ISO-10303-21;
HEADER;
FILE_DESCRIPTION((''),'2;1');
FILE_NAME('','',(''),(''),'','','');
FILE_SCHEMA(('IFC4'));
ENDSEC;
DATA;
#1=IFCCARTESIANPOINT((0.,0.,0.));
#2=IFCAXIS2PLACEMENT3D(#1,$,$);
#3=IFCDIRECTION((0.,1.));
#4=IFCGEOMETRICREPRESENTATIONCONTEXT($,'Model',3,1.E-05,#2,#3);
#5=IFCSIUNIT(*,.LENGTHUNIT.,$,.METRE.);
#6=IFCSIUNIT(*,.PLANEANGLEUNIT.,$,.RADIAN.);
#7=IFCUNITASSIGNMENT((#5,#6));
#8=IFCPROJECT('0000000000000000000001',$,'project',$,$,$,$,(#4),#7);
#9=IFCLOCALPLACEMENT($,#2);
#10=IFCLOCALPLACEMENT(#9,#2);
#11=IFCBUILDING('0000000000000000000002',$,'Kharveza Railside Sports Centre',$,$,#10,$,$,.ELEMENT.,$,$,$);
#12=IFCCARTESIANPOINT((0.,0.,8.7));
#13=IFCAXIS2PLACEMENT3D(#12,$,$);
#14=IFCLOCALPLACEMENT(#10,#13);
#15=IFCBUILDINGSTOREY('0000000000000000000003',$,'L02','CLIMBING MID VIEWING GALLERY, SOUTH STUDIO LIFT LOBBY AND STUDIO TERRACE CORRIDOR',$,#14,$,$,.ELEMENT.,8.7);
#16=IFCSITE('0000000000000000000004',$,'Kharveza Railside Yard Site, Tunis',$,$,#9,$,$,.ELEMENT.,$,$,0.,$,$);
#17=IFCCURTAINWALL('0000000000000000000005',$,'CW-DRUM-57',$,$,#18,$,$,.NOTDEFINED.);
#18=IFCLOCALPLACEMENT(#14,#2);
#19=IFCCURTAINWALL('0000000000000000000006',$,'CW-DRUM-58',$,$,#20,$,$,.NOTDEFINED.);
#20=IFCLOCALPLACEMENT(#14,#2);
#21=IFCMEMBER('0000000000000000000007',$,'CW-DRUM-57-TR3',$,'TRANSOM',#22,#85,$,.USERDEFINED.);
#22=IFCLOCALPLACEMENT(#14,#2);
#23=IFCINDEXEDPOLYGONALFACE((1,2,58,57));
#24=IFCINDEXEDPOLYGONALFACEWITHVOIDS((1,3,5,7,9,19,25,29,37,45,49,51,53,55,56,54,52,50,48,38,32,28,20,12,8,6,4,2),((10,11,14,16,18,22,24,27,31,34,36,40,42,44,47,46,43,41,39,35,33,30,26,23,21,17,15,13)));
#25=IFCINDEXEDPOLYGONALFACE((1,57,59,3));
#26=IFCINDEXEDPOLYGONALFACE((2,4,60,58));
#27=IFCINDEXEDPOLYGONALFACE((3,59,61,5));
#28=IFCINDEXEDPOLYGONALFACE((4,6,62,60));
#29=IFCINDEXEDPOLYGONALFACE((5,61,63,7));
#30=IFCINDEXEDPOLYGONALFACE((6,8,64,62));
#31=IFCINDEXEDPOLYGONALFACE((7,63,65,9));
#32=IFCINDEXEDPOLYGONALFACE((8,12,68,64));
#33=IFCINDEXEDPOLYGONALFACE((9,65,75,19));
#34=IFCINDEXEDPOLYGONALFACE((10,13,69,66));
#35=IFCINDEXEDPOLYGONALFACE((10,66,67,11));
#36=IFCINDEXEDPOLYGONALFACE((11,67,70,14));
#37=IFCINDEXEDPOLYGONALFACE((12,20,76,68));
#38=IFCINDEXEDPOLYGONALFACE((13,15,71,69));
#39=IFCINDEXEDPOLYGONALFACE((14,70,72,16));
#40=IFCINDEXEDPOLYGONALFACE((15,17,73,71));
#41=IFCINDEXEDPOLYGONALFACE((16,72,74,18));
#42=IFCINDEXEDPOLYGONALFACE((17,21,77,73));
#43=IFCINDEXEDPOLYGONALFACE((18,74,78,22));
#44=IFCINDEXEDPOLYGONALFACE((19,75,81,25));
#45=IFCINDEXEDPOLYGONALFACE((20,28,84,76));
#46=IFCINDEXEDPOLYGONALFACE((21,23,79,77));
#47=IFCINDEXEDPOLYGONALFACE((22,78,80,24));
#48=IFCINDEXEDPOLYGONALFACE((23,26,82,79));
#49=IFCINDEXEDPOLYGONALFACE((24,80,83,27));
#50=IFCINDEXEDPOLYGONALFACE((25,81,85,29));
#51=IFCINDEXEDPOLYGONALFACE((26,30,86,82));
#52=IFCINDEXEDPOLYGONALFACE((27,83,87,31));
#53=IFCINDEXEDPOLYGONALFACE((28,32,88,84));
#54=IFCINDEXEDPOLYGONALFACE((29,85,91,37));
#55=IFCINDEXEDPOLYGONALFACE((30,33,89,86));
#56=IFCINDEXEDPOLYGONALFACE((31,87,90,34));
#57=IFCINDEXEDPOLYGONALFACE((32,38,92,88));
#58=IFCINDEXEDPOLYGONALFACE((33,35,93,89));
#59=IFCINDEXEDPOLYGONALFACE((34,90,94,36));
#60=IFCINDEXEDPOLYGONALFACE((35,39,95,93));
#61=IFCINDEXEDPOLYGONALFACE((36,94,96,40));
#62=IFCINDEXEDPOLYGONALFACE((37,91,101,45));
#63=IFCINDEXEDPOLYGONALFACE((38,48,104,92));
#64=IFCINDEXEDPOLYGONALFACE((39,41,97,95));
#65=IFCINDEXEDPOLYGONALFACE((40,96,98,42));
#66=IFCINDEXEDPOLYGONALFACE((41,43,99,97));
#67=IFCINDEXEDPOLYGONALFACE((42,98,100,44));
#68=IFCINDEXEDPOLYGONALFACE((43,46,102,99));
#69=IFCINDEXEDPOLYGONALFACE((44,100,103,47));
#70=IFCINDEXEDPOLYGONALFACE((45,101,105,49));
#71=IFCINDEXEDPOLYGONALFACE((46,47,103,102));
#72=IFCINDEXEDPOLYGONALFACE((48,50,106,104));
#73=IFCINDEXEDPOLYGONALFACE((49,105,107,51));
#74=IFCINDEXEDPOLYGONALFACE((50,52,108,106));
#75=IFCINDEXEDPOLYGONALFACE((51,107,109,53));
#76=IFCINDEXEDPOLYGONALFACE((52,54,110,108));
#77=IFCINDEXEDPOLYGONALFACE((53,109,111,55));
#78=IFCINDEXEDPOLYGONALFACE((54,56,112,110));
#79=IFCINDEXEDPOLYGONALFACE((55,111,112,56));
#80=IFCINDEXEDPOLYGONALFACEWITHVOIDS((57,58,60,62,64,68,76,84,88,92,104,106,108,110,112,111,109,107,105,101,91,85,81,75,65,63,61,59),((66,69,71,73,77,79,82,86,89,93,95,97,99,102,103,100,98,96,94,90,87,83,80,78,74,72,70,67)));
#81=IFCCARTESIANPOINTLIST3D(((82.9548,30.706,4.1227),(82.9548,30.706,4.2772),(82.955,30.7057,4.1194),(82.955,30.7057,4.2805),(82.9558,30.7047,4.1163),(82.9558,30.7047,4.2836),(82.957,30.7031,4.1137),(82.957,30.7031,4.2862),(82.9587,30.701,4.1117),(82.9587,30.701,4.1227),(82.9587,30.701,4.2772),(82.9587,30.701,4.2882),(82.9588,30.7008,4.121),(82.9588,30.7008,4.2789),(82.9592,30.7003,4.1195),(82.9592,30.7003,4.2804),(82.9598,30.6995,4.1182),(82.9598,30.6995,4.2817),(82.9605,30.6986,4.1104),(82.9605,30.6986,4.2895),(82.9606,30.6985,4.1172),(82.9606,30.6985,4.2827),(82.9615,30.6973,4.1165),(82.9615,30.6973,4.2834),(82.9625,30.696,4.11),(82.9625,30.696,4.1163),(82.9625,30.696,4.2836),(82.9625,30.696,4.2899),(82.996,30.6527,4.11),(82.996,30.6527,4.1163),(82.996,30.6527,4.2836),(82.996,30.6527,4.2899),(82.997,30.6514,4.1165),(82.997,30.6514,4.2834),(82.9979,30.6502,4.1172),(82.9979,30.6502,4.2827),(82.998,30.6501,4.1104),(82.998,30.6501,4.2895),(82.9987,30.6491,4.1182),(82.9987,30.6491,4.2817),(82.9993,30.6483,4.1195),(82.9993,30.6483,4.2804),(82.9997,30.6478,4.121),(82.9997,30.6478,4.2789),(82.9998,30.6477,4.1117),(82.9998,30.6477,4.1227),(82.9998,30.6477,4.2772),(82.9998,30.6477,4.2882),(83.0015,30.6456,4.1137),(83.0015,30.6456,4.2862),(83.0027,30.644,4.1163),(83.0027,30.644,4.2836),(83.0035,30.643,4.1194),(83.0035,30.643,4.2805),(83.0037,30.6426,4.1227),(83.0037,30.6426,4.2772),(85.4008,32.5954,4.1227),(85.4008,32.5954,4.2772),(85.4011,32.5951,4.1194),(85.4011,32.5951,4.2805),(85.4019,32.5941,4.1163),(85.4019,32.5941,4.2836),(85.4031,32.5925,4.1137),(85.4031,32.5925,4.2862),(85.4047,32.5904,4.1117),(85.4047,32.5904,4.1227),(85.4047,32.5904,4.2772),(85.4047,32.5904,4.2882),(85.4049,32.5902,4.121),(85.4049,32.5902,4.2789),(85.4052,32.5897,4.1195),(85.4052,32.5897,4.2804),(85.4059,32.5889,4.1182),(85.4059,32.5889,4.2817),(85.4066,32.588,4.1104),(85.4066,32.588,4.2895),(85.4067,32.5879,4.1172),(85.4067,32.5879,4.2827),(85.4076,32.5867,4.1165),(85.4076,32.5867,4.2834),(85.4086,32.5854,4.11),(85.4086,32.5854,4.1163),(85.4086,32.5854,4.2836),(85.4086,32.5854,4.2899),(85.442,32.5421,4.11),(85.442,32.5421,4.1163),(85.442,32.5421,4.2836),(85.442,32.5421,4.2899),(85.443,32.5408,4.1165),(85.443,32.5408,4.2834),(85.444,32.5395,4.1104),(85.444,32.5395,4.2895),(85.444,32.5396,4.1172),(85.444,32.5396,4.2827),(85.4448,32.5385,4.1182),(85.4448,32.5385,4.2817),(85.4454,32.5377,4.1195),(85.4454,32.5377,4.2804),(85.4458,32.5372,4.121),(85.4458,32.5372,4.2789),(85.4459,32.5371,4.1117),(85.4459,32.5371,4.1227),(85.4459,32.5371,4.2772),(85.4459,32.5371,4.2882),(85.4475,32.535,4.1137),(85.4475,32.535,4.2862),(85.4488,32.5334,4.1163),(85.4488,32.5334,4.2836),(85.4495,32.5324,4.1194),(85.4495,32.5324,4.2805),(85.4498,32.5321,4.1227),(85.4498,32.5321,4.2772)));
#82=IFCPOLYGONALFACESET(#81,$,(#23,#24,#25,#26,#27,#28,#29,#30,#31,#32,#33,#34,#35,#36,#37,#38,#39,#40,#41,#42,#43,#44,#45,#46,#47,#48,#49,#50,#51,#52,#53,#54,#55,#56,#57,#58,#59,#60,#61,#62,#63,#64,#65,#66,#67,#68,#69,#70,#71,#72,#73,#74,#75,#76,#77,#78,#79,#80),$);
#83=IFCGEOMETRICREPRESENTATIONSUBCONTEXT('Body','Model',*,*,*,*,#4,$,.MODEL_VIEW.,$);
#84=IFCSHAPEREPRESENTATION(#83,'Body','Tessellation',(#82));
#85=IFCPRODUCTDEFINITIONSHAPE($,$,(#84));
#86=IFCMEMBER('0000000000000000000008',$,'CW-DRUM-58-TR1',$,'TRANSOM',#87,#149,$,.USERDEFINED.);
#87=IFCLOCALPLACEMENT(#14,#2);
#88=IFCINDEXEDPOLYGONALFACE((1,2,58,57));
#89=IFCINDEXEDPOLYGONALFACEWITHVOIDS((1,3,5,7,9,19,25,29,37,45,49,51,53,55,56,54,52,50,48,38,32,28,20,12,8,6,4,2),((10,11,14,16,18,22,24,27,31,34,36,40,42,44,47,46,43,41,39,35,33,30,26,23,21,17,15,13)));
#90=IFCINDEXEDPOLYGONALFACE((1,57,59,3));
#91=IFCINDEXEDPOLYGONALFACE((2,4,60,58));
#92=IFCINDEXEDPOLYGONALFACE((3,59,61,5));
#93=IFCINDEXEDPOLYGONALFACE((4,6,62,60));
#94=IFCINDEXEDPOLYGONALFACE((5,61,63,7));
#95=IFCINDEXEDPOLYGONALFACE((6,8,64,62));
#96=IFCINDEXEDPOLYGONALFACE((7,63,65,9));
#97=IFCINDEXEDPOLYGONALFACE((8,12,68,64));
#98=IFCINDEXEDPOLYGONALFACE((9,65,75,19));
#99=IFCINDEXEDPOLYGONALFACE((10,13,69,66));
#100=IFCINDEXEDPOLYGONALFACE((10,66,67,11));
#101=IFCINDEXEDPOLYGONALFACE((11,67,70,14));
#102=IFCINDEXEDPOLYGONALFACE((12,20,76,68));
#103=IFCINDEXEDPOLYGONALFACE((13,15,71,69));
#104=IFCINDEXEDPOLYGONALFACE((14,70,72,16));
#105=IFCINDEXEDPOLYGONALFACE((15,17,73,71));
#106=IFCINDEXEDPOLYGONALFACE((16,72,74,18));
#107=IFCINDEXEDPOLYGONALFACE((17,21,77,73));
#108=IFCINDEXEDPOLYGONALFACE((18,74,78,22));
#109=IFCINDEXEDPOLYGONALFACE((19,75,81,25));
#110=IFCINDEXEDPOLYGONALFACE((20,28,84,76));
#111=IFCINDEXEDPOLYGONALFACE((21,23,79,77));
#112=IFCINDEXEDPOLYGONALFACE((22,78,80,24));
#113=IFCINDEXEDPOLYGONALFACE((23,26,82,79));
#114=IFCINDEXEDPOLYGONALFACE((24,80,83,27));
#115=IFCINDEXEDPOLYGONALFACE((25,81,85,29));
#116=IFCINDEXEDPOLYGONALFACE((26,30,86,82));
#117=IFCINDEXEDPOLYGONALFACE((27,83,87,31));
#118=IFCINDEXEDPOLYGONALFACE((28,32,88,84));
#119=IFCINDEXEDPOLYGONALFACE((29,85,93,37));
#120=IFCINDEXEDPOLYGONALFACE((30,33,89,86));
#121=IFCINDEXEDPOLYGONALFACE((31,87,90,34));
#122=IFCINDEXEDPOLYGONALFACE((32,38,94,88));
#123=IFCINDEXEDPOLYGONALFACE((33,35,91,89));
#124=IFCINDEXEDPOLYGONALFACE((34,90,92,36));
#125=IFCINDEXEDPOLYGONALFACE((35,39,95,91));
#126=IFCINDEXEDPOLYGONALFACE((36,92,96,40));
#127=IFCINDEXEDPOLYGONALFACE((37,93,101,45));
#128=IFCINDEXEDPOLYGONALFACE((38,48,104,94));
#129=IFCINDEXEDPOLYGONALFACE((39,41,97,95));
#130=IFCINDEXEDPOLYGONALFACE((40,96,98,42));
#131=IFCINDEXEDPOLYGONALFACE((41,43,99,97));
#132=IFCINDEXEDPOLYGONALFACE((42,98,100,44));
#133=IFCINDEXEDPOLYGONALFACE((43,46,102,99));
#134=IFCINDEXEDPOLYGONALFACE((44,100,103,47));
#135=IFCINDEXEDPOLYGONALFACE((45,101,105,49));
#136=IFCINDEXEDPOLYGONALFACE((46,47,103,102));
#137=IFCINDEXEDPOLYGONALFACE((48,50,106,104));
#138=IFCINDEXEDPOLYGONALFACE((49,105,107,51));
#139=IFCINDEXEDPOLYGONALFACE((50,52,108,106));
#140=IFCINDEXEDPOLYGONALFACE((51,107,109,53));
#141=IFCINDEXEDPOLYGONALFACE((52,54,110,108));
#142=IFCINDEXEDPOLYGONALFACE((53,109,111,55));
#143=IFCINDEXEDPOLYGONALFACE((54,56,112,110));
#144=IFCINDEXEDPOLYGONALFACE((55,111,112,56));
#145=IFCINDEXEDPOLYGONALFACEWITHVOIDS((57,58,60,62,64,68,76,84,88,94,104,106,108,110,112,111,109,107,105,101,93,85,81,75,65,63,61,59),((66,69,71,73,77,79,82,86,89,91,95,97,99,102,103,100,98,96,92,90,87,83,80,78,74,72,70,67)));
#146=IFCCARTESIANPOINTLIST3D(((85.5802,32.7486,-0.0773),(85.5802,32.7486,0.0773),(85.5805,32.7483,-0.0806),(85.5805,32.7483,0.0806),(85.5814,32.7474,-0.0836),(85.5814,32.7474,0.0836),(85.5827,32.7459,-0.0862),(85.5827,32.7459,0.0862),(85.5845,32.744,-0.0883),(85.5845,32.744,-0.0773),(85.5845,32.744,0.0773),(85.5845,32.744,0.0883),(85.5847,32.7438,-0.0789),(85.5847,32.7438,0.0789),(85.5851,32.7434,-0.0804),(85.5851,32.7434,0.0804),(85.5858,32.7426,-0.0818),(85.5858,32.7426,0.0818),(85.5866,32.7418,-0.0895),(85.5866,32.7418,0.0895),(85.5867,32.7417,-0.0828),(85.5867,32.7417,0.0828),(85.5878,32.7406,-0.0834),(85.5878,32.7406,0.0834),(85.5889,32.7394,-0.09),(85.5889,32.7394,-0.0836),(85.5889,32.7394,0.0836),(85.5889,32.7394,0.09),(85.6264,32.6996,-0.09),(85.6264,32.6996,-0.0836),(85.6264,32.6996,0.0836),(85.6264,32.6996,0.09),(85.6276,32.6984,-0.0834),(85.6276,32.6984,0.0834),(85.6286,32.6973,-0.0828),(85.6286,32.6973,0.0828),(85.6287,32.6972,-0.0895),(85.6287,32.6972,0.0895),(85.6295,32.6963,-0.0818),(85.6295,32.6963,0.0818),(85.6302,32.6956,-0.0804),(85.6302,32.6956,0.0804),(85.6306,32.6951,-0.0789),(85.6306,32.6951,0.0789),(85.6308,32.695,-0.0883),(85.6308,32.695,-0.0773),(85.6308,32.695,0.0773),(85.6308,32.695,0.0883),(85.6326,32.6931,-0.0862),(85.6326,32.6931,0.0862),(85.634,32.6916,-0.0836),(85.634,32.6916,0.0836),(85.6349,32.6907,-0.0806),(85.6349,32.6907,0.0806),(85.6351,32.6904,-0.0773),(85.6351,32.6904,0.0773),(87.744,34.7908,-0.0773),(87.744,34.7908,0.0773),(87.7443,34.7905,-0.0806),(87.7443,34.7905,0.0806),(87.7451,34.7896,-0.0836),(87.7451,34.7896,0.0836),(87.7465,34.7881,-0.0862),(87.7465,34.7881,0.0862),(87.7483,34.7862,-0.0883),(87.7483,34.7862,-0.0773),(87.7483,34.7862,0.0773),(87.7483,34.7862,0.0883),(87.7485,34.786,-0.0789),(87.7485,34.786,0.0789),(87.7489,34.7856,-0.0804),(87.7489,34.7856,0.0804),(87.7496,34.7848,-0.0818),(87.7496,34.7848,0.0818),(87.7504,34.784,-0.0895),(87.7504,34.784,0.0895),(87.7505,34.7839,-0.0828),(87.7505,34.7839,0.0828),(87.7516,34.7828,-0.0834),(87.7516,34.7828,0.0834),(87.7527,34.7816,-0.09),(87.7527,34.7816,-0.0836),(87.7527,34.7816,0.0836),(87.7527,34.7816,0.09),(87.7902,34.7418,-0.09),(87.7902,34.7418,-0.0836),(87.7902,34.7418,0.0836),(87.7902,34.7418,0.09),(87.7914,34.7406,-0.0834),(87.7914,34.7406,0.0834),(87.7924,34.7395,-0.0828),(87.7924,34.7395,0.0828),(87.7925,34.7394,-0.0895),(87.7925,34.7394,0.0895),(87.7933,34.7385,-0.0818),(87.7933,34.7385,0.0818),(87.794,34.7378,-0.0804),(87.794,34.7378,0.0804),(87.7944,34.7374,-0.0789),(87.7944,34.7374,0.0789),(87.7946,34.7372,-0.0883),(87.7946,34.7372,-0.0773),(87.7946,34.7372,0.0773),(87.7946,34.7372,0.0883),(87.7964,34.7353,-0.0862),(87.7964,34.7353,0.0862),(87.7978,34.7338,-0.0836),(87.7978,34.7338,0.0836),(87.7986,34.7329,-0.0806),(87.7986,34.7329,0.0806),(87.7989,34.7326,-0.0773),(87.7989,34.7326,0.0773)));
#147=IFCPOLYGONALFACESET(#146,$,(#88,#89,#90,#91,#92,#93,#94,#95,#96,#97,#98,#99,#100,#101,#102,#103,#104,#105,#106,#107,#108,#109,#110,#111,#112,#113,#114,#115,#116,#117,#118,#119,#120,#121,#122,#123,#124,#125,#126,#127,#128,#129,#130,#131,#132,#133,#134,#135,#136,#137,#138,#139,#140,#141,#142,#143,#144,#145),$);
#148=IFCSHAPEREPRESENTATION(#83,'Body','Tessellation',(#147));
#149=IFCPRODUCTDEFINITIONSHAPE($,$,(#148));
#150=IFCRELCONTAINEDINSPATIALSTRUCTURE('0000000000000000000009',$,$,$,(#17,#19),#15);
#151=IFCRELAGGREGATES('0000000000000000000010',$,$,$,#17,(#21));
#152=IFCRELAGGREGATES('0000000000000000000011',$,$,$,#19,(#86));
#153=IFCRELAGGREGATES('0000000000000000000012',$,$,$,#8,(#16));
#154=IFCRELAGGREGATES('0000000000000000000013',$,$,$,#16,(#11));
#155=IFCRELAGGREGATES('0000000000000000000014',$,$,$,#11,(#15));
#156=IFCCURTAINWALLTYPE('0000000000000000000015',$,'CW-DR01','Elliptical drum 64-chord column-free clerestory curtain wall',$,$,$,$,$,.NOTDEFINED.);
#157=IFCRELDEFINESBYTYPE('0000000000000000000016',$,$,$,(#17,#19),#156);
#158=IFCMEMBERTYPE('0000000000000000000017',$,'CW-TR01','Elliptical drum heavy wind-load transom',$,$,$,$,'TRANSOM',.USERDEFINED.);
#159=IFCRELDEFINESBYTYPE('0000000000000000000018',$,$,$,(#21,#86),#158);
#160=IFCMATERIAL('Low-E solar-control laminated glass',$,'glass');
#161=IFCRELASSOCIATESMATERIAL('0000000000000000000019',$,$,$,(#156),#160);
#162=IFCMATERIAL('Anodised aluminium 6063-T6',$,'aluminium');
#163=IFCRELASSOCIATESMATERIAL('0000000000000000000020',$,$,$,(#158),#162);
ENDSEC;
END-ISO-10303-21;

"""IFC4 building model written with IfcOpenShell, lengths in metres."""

from ifc_helpers import new_model, si_unit, direction, frame, origin, origin_2d, place, context, subcontext, project, spatial, hollow_rectangle, extrude, material, material_profile, profile_set, type_object, element, aggregate, save


model = new_model("IFC4")

# Units and contexts
model_context = context("Model", 3, precision=1e-05, world=origin(), true_north=direction((0.0, 1.0)))
body_context = subcontext(model_context, "Body", "Model", "MODEL_VIEW")
ifc_project = project(units=[si_unit("LENGTHUNIT", "METRE"), si_unit("PLANEANGLEUNIT", "RADIAN")], contexts=[model_context])

# Site, building, storey
site_placement = place(None, origin())
site = spatial("IfcSite", under=ifc_project, at=site_placement, Name="Kharveza Railside Yard Site, Tunis", CompositionType="ELEMENT", RefElevation=0.0)
building_placement = place(site_placement, origin())
building = spatial("IfcBuilding", under=site, at=building_placement, Name="Kharveza Railside Sports Centre", CompositionType="ELEMENT")
storey_placement = place(building_placement, frame((0.0, 0.0, 8.7)))
storey = spatial("IfcBuildingStorey", under=building, at=storey_placement, Name="L02", Description="CLIMBING MID VIEWING GALLERY, SOUTH STUDIO LIFT LOBBY AND STUDIO TERRACE CORRIDOR", CompositionType="ELEMENT", Elevation=8.7)

# Curtain walls
ifc_material_1 = material(Name="Low-E solar-control laminated glass", Category="glass")
curtain_wall_type = type_object("IfcCurtainWallType", Name="CW-DR01", Description="Elliptical drum 64-chord column-free clerestory curtain wall", PredefinedType="NOTDEFINED", material=ifc_material_1)
curtain_wall_1_placement = place(storey_placement, origin())
curtain_wall_1 = element("IfcCurtainWall", 1, at=curtain_wall_1_placement, inside=storey, type_object=curtain_wall_type, Name="CW-DRUM-57", PredefinedType="NOTDEFINED")
ifc_material_2 = material(Name="Anodised aluminium 6063-T6", Category="aluminium")
curtain_wall_2_placement = place(storey_placement, origin())
curtain_wall_2 = element("IfcCurtainWall", 2, at=curtain_wall_2_placement, inside=storey, type_object=curtain_wall_type, Name="CW-DRUM-58", PredefinedType="NOTDEFINED")

# Members
ifc_material_profile_1 = material_profile(ifc_material_2, hollow_rectangle(XDim=0.0801, YDim=0.1799, WallThickness=0.0063, InnerFilletRadius=0.0063, OuterFilletRadius=0.0127, at=origin_2d()), Name="RHS 80x180x6.3")
ifc_profile_set_1 = profile_set([ifc_material_profile_1], Name="Anodised aluminium 6063-T6")
member_type_1 = type_object("IfcMemberType", Name="CW-TR01", Description="Elliptical drum heavy wind-load transom", ElementType="TRANSOM", PredefinedType="USERDEFINED", material=ifc_profile_set_1)
member_1_placement = place(storey_placement, frame((82.9792, 30.6743, 4.2), z_axis=(0.791398, 0.611301, 0.0), x_axis=(-0.611301, 0.791398, 0.0)))
member_1 = element("IfcMember", 3, at=member_1_placement, type_object=member_type_1, Name="CW-DRUM-57-TR3", ObjectType="TRANSOM", PredefinedType="USERDEFINED", context=body_context, shape_type="SweptSolid", body=[
    extrude(hollow_rectangle(XDim=0.0801, YDim=0.1799, WallThickness=0.0063, InnerFilletRadius=0.0063, OuterFilletRadius=0.0127, at=origin_2d()), origin(), (0.0, 0.0, 1.0), 3.0908),
])
member_2_placement = place(storey_placement, frame((85.6077, 32.7195, 0.0), z_axis=(0.727243, 0.68638, 0.0), x_axis=(-0.68638, 0.727243, 0.0)))
member_2 = element("IfcMember", 4, at=member_2_placement, type_object=member_type_1, Name="CW-DRUM-58-TR1", ObjectType="TRANSOM", PredefinedType="USERDEFINED", context=body_context, shape_type="SweptSolid", body=[
    extrude(hollow_rectangle(XDim=0.0801, YDim=0.1799, WallThickness=0.0063, InnerFilletRadius=0.0063, OuterFilletRadius=0.0127, at=origin_2d()), origin(), (0.0, 0.0, 1.0), 2.9753),
])

aggregate(curtain_wall_1, [member_1])
aggregate(curtain_wall_2, [member_2])

save(model, "model.ifc")
